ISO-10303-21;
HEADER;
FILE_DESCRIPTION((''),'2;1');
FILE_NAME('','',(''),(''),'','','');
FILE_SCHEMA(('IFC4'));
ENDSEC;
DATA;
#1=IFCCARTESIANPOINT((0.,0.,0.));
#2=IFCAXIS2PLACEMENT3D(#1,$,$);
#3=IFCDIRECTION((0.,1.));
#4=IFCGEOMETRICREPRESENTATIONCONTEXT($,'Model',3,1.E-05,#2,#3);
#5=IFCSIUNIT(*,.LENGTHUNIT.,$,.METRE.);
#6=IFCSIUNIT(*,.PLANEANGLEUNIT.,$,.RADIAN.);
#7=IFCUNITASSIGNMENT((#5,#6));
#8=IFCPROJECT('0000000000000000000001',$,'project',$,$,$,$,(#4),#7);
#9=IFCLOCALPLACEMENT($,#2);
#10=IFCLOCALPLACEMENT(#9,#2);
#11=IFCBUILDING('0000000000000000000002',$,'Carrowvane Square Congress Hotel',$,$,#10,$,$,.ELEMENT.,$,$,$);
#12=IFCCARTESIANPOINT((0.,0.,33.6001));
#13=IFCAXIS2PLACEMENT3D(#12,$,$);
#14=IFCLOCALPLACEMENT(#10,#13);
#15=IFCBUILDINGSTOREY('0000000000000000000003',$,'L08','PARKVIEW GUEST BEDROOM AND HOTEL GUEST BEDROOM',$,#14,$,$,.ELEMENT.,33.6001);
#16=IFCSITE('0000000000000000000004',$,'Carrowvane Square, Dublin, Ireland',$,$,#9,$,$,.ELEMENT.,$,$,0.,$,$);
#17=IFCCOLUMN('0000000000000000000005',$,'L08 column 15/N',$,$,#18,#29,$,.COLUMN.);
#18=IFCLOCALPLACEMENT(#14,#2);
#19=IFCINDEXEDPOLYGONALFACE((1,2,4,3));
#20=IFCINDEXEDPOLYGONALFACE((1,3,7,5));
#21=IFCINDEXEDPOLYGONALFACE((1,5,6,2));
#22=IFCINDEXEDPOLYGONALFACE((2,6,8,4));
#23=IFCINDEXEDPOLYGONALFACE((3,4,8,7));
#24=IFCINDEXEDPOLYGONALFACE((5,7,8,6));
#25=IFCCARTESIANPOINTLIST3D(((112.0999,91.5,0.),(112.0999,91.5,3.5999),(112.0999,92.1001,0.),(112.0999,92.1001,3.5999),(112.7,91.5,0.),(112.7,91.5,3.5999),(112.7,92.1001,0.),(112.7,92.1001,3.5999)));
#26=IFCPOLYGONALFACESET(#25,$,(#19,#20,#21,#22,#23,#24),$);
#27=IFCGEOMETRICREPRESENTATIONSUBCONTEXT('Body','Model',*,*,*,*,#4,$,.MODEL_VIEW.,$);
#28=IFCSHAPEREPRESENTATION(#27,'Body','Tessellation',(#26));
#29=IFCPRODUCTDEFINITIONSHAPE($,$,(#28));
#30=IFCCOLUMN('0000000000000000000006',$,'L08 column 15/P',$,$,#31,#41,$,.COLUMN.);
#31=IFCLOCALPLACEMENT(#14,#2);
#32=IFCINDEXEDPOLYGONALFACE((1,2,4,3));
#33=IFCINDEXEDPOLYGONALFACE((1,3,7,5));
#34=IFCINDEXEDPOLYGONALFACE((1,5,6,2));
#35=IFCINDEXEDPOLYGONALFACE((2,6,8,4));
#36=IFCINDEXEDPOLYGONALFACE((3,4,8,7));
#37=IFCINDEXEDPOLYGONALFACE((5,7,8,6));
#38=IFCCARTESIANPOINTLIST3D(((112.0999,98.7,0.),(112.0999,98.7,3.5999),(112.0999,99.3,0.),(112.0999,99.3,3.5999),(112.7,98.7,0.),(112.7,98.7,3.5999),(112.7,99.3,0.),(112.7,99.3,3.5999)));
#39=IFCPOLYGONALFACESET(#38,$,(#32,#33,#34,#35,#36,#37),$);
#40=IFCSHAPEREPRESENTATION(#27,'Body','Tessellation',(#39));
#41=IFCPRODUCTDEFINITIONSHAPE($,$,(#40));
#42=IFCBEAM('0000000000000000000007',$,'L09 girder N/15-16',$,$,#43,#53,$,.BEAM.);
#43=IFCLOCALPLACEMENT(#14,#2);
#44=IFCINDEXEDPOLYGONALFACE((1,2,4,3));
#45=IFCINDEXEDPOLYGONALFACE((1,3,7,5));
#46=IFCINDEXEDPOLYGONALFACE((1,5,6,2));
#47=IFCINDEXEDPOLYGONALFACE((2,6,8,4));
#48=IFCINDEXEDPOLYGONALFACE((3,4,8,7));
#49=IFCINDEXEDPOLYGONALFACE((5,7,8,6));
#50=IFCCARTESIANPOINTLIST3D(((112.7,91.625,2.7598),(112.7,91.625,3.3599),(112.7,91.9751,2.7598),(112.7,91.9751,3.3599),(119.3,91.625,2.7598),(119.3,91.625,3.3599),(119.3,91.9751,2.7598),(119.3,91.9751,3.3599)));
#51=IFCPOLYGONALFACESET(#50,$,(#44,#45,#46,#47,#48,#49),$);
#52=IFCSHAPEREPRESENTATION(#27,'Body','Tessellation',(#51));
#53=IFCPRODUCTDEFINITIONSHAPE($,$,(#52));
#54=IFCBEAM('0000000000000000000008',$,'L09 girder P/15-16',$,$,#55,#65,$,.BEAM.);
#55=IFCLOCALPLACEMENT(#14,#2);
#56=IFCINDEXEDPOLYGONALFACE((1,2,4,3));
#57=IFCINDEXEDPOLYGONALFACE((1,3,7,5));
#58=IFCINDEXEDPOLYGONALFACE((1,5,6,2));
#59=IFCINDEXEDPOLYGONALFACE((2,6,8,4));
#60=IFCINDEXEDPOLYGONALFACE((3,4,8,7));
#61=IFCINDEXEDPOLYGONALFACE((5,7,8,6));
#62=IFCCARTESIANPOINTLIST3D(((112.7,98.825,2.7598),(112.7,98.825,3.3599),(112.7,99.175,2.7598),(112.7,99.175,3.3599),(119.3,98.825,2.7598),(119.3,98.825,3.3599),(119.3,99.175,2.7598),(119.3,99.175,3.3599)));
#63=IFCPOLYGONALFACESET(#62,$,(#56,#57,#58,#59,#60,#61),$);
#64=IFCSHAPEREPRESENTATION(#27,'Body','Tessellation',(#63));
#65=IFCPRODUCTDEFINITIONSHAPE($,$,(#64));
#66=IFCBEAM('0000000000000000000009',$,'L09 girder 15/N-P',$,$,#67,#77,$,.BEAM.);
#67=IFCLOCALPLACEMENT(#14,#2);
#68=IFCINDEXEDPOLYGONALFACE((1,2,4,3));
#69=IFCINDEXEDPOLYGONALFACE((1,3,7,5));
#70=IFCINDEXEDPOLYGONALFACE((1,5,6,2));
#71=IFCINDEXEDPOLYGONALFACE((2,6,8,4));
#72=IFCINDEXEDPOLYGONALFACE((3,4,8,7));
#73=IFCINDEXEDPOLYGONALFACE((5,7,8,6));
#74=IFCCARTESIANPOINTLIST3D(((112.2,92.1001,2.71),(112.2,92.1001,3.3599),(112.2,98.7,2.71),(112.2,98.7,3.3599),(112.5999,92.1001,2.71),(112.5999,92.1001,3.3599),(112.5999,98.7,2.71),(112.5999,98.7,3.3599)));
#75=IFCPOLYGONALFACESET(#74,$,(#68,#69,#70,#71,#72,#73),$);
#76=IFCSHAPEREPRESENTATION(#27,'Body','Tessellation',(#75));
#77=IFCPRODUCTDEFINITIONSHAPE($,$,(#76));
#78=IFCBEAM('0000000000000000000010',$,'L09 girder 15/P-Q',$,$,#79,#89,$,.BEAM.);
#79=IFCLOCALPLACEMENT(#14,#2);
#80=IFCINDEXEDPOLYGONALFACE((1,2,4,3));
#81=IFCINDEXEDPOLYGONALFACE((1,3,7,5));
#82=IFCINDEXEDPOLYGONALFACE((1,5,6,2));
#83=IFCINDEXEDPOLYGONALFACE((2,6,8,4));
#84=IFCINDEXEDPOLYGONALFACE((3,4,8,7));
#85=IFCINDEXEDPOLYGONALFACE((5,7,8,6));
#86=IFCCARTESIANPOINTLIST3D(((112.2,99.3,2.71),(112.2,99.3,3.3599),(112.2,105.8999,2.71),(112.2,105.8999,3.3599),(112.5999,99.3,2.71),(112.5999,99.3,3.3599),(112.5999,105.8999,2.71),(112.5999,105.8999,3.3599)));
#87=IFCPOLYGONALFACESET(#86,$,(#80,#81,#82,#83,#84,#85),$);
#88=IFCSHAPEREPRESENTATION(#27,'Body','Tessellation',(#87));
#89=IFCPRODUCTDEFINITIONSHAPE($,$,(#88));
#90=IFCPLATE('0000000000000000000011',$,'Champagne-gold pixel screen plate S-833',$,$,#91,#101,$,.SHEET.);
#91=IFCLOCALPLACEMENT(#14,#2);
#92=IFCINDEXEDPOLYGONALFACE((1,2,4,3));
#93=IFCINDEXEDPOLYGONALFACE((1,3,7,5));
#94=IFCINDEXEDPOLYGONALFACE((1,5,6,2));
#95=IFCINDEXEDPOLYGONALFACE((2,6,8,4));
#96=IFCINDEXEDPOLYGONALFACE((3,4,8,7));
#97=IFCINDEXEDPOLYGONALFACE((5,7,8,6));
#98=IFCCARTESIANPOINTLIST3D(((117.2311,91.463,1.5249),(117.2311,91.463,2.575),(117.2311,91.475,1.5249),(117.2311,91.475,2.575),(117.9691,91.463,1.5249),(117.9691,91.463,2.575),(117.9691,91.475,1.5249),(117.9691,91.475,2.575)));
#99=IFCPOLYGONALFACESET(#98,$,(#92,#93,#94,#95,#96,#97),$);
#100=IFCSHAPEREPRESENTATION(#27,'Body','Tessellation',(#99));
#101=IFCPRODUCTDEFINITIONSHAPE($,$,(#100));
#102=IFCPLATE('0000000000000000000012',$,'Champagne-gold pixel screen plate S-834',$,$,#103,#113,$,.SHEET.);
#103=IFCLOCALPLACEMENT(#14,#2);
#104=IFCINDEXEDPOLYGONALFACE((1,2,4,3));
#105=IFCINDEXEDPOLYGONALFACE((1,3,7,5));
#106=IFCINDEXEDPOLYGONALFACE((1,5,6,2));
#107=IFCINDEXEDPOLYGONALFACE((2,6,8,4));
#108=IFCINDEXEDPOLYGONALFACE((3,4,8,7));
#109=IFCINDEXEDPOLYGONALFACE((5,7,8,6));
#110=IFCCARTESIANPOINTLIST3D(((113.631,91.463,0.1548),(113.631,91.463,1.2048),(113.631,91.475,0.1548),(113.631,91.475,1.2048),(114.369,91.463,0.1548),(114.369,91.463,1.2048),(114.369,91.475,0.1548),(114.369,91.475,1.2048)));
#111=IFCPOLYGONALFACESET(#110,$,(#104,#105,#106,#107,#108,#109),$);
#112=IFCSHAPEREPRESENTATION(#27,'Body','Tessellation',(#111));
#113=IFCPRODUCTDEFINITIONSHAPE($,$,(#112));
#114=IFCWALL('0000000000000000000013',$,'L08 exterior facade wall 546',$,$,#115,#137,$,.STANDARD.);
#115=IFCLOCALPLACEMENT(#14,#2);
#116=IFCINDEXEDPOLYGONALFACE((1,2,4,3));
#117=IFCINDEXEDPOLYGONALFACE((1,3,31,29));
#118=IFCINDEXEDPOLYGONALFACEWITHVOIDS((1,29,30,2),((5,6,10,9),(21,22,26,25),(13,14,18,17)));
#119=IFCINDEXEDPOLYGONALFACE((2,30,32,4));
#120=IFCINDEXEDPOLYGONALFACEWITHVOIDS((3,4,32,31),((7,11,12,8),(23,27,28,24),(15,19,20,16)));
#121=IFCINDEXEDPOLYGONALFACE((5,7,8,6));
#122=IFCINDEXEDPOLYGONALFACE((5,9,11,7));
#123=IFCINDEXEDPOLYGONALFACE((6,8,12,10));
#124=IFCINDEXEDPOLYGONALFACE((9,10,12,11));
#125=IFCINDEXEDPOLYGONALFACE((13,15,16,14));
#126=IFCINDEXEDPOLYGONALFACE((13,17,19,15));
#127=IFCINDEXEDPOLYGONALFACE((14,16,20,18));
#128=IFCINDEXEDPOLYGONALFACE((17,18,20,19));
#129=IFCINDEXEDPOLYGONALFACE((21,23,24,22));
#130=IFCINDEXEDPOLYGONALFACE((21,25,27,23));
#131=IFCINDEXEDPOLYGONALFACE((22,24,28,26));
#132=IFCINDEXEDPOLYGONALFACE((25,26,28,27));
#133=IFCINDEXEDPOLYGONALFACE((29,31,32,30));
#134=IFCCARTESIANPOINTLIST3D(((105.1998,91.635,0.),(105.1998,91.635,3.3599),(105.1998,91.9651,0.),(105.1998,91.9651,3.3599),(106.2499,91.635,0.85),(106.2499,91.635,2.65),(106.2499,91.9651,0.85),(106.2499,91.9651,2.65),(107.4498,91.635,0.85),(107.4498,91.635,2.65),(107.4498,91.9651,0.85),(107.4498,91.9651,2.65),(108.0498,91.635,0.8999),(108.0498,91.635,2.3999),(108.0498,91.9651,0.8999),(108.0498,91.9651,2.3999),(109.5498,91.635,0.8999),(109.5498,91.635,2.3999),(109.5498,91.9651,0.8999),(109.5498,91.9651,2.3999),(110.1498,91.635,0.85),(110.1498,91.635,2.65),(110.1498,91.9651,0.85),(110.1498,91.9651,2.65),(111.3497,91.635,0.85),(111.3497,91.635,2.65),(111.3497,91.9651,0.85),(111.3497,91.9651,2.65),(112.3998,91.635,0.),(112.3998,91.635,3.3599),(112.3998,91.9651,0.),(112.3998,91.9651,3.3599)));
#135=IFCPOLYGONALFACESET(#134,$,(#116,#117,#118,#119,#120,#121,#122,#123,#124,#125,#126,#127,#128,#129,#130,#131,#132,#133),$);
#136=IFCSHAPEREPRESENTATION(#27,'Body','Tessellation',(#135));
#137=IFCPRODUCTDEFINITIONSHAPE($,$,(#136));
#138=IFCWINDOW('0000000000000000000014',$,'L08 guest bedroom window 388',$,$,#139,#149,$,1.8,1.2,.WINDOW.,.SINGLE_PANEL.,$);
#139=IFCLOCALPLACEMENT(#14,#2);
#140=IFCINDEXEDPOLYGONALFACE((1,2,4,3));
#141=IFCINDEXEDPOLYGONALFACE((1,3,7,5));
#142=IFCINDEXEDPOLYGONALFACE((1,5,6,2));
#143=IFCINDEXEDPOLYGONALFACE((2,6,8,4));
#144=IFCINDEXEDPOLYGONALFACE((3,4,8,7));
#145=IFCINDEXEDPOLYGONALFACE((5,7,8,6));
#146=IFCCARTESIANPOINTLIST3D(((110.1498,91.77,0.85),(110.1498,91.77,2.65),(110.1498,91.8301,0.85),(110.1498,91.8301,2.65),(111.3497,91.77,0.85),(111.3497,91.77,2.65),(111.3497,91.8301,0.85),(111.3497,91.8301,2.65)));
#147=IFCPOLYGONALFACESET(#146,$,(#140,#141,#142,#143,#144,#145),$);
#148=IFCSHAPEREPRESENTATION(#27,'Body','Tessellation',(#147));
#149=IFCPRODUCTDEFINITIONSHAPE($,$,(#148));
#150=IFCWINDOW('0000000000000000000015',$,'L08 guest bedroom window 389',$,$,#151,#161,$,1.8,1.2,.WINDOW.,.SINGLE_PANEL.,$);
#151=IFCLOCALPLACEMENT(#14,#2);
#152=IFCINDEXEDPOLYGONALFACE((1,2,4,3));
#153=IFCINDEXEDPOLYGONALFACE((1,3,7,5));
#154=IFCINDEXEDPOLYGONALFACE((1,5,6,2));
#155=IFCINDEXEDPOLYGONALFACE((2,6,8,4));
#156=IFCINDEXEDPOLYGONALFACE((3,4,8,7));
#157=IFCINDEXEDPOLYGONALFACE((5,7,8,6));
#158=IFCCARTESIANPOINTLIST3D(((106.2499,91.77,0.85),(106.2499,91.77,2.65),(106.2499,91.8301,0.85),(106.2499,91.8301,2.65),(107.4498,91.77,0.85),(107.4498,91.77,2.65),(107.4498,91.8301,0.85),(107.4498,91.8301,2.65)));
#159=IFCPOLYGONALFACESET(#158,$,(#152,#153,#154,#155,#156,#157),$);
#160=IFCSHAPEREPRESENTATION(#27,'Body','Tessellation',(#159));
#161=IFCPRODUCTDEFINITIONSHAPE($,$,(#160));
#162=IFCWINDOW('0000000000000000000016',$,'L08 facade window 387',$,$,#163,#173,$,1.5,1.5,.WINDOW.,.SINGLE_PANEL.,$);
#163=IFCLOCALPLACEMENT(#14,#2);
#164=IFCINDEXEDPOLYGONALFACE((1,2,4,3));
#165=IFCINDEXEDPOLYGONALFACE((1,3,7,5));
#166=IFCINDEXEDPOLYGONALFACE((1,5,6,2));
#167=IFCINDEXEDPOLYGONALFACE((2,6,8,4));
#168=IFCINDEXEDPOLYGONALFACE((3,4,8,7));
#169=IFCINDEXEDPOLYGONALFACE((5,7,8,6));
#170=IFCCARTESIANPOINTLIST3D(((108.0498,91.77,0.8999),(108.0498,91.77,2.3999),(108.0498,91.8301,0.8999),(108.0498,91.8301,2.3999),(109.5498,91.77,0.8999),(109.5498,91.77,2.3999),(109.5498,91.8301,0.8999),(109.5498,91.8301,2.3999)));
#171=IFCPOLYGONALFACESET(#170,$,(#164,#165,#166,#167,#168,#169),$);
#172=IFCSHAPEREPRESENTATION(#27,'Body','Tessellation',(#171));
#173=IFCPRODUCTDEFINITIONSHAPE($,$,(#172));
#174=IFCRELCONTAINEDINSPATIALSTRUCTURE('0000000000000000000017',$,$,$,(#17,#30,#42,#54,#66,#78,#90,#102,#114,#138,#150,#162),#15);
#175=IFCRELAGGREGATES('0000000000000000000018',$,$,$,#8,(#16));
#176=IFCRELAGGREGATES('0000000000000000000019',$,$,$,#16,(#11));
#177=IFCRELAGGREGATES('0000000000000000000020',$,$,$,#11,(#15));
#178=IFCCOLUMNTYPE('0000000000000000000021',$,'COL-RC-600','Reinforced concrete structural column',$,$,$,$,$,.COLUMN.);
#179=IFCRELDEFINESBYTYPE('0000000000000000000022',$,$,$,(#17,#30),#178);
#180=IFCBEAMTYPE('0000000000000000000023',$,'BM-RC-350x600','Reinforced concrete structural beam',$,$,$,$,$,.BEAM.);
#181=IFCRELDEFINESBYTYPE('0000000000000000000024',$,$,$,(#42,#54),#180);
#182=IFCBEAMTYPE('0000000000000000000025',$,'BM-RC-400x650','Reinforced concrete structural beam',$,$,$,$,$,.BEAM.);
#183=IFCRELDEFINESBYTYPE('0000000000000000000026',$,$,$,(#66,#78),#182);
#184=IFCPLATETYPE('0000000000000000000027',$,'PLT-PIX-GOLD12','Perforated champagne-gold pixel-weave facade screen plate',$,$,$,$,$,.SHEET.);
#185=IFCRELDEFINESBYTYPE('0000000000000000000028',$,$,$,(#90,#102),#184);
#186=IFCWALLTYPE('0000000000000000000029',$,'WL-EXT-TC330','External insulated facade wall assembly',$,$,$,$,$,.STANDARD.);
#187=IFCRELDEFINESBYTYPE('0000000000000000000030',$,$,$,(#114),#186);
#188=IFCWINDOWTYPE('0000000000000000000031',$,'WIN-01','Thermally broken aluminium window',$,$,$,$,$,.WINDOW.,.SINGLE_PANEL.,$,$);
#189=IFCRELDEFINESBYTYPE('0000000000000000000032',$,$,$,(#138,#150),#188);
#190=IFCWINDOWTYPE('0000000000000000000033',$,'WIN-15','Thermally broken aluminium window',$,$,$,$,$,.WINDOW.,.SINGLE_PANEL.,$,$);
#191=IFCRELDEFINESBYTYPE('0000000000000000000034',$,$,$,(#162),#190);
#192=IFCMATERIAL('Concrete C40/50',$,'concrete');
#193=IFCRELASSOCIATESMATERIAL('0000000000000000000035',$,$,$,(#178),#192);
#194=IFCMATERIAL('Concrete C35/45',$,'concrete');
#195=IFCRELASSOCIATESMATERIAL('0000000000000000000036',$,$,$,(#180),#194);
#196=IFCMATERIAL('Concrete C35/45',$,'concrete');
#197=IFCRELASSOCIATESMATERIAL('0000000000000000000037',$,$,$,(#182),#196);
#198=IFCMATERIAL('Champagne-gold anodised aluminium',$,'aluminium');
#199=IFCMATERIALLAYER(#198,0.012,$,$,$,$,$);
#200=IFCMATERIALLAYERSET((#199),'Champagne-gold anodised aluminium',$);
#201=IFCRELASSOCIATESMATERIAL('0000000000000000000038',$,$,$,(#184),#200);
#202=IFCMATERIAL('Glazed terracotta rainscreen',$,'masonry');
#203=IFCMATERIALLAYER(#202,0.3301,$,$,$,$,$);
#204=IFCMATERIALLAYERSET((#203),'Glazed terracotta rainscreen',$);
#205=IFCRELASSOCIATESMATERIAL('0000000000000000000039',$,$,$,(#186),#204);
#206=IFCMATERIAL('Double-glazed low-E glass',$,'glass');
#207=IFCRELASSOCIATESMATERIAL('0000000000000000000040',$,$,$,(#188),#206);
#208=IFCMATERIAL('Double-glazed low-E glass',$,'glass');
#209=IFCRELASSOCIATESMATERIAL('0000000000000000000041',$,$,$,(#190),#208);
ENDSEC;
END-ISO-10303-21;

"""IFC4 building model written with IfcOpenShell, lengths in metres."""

from ifc_helpers import new_model, si_unit, direction, frame, frame_2d, origin, origin_2d, place, context, subcontext, project, spatial, rectangle, extrude, material, layer, layer_set, material_profile, profile_set, type_object, element, fill, save


model = new_model("IFC4")

# Units and contexts
model_context = context("Model", 3, precision=1e-05, world=origin(), true_north=direction((0.0, 1.0)))
body_context = subcontext(model_context, "Body", "Model", "MODEL_VIEW")
ifc_project = project(units=[si_unit("LENGTHUNIT", "METRE"), si_unit("PLANEANGLEUNIT", "RADIAN")], contexts=[model_context])

# Site, building, storey
site_placement = place(None, origin())
site = spatial("IfcSite", under=ifc_project, at=site_placement, Name="Carrowvane Square, Dublin, Ireland", CompositionType="ELEMENT", RefElevation=0.0)
building_placement = place(site_placement, origin())
building = spatial("IfcBuilding", under=site, at=building_placement, Name="Carrowvane Square Congress Hotel", CompositionType="ELEMENT")
storey_placement = place(building_placement, frame((0.0, 0.0, 33.6001)))
storey = spatial("IfcBuildingStorey", under=building, at=storey_placement, Name="L08", Description="PARKVIEW GUEST BEDROOM AND HOTEL GUEST BEDROOM", CompositionType="ELEMENT", Elevation=33.6001)

# Columns
ifc_material_1 = material(Name="Concrete C40/50", Category="concrete")
ifc_material_profile_1 = material_profile(ifc_material_1, rectangle(XDim=0.6001, YDim=0.6001, at=origin_2d()), Name="RC 600x600")
ifc_profile_set_1 = profile_set([ifc_material_profile_1], Name="Concrete C40/50")
column_type = type_object("IfcColumnType", Name="COL-RC-600", Description="Reinforced concrete structural column", PredefinedType="COLUMN", material=ifc_profile_set_1)
for number, where, z_axis, x_axis, name in (
    (1, (112.3999, 91.8, 0.0), (0.0, 0.0, 1.0), (1.0, 0.0, 0.0), "L08 column 15/N"),
    (2, (112.3999, 99.0, 0.0), (0.0, 0.0, 1.0), (1.0, 0.0, 0.0), "L08 column 15/P"),
):
    element("IfcColumn", number, at=place(storey_placement, frame(where, z_axis=z_axis, x_axis=x_axis)), inside=storey, type_object=column_type, Name=name, PredefinedType="COLUMN", context=body_context, shape_type="SweptSolid", body=[
        extrude(rectangle(XDim=0.6001, YDim=0.6001, at=origin_2d()), origin(), (0.0, 0.0, 1.0), 3.5999),
    ])

# Beams
ifc_material_2 = material(Name="Concrete C35/45", Category="concrete")
ifc_material_profile_2 = material_profile(ifc_material_2, rectangle(XDim=0.3501, YDim=0.6001, at=origin_2d()), Name="RC 350x600")
ifc_profile_set_2 = profile_set([ifc_material_profile_2], Name="Concrete C35/45")
beam_type_1 = type_object("IfcBeamType", Name="BM-RC-350x600", Description="Reinforced concrete structural beam", PredefinedType="BEAM", material=ifc_profile_set_2)
for number, where, z_axis, x_axis, name in (
    (3, (112.7, 91.8, 3.0598), (1.0, 0.0, 0.0), (0.0, 1.0, 0.0), "L09 girder N/15-16"),
    (4, (112.7, 99.0, 3.0598), (1.0, 0.0, 0.0), (0.0, 1.0, 0.0), "L09 girder P/15-16"),
):
    element("IfcBeam", number, at=place(storey_placement, frame(where, z_axis=z_axis, x_axis=x_axis)), inside=storey, type_object=beam_type_1, Name=name, PredefinedType="BEAM", context=body_context, shape_type="SweptSolid", body=[
        extrude(rectangle(XDim=0.3501, YDim=0.6001, at=origin_2d()), origin(), (0.0, 0.0, 1.0), 6.6001),
    ])
ifc_material_3 = material(Name="Concrete C35/45", Category="concrete")
ifc_material_profile_3 = material_profile(ifc_material_3, rectangle(XDim=0.3999, YDim=0.6499, at=origin_2d()), Name="RC 400x650")
ifc_profile_set_3 = profile_set([ifc_material_profile_3], Name="Concrete C35/45")
beam_type_2 = type_object("IfcBeamType", Name="BM-RC-400x650", Description="Reinforced concrete structural beam", PredefinedType="BEAM", material=ifc_profile_set_3)
for number, where, z_axis, x_axis, name in (
    (5, (112.3999, 92.1001, 3.0349), (0.0, 1.0, 0.0), (-1.0, 0.0, 0.0), "L09 girder 15/N-P"),
    (6, (112.3999, 99.3, 3.0349), (0.0, 1.0, 0.0), (-1.0, 0.0, 0.0), "L09 girder 15/P-Q"),
):
    element("IfcBeam", number, at=place(storey_placement, frame(where, z_axis=z_axis, x_axis=x_axis)), inside=storey, type_object=beam_type_2, Name=name, PredefinedType="BEAM", context=body_context, shape_type="SweptSolid", body=[
        extrude(rectangle(XDim=0.3999, YDim=0.6499, at=origin_2d()), origin(), (0.0, 0.0, 1.0), 6.5999),
    ])

# Plates
ifc_material_4 = material(Name="Champagne-gold anodised aluminium", Category="aluminium")
ifc_layer_1 = layer(ifc_material_4, 0.012)
ifc_layer_set_1 = layer_set([ifc_layer_1], Name="Champagne-gold anodised aluminium")
plate_type = type_object("IfcPlateType", Name="PLT-PIX-GOLD12", Description="Perforated champagne-gold pixel-weave facade screen plate", PredefinedType="SHEET", material=ifc_layer_set_1)
for number, where, z_axis, x_axis, name in (
    (7, (117.6001, 91.469, 1.5249), (0.0, 0.0, 1.0), (-1.0, 0.0, 0.0), "Champagne-gold pixel screen plate S-833"),
    (8, (114.0, 91.469, 0.1548), (0.0, 0.0, 1.0), (-1.0, 0.0, 0.0), "Champagne-gold pixel screen plate S-834"),
):
    element("IfcPlate", number, at=place(storey_placement, frame(where, z_axis=z_axis, x_axis=x_axis)), inside=storey, type_object=plate_type, Name=name, PredefinedType="SHEET", context=body_context, shape_type="SweptSolid", body=[
        extrude(rectangle(XDim=0.738, YDim=0.012, at=origin_2d()), origin(), (0.0, 0.0, 1.0), 1.05),
    ])

# Wall, openings, windows
ifc_material_5 = material(Name="Glazed terracotta rainscreen", Category="masonry")
ifc_layer_2 = layer(ifc_material_5, 0.3301)
ifc_layer_set_2 = layer_set([ifc_layer_2], Name="Glazed terracotta rainscreen")
wall_type_1 = type_object("IfcWallType", Name="WL-EXT-TC330", Description="External insulated facade wall assembly", PredefinedType="STANDARD", material=ifc_layer_set_2)
wall_1_placement = place(storey_placement, frame((112.3999, 91.8, 0.0), z_axis=(0.0, 0.0, 1.0), x_axis=(-1.0, 0.0, 0.0)))
wall_1 = element("IfcWall", 9, at=wall_1_placement, inside=storey, type_object=wall_type_1, Name="L08 exterior facade wall 546", PredefinedType="STANDARD", context=body_context, shape_type="SweptSolid", body=[
    extrude(rectangle(XDim=7.2, YDim=0.3301, at=frame_2d((3.6001, 0.0))), origin(), (0.0, 0.0, 1.0), 3.3599),
])
opening_1_placement = place(wall_1_placement, frame((2.8501, 0.0, 0.8999)))
opening_1 = element("IfcOpeningElement", 10, at=opening_1_placement, cuts=wall_1, PredefinedType="OPENING", context=body_context, shape_type="SweptSolid", body=[
    extrude(rectangle(XDim=1.5, YDim=1.5, at=frame_2d((0.75, 0.75))), frame((0.0, 0.175, 0.0), z_axis=(0.0, -1.0, 0.0), x_axis=(1.0, 0.0, 0.0)), (0.0, 0.0, 1.0), 0.3501),
])
opening_2_placement = place(wall_1_placement, frame((1.05, 0.0, 0.8501)))
opening_2 = element("IfcOpeningElement", 11, at=opening_2_placement, cuts=wall_1, PredefinedType="OPENING", context=body_context, shape_type="SweptSolid", body=[
    extrude(rectangle(XDim=1.2, YDim=1.8, at=frame_2d((0.6001, 0.8999))), frame((0.0, 0.175, 0.0), z_axis=(0.0, -1.0, 0.0), x_axis=(1.0, 0.0, 0.0)), (0.0, 0.0, 1.0), 0.3501),
])
opening_3_placement = place(wall_1_placement, frame((4.95, 0.0, 0.8501)))
opening_3 = element("IfcOpeningElement", 12, at=opening_3_placement, cuts=wall_1, PredefinedType="OPENING", context=body_context, shape_type="SweptSolid", body=[
    extrude(rectangle(XDim=1.2, YDim=1.8, at=frame_2d((0.6001, 0.8999))), frame((0.0, 0.175, 0.0), z_axis=(0.0, -1.0, 0.0), x_axis=(1.0, 0.0, 0.0)), (0.0, 0.0, 1.0), 0.3501),
])
ifc_material_6 = material(Name="Double-glazed low-E glass", Category="glass")
window_type_1 = type_object("IfcWindowType", Name="WIN-01", Description="Thermally broken aluminium window", PartitioningType="SINGLE_PANEL", PredefinedType="WINDOW", material=ifc_material_6)
window_1_placement = place(opening_2_placement, origin())
window_1 = element("IfcWindow", 13, at=window_1_placement, inside=storey, type_object=window_type_1, Name="L08 guest bedroom window 388", OverallHeight=1.8, OverallWidth=1.2, PartitioningType="SINGLE_PANEL", PredefinedType="WINDOW", context=body_context, shape_type="SweptSolid", body=[
    extrude(rectangle(XDim=1.2, YDim=1.8, at=frame_2d((0.6001, 0.8999))), frame((0.0, 0.03, 0.0), z_axis=(0.0, -1.0, 0.0), x_axis=(1.0, 0.0, 0.0)), (0.0, 0.0, 1.0), 0.0601),
])
fill(opening_2, window_1)
window_2_placement = place(opening_3_placement, origin())
window_2 = element("IfcWindow", 14, at=window_2_placement, inside=storey, type_object=window_type_1, Name="L08 guest bedroom window 389", OverallHeight=1.8, OverallWidth=1.2, PartitioningType="SINGLE_PANEL", PredefinedType="WINDOW", context=body_context, shape_type="SweptSolid", body=[
    extrude(rectangle(XDim=1.2, YDim=1.8, at=frame_2d((0.6001, 0.8999))), frame((0.0, 0.03, 0.0), z_axis=(0.0, -1.0, 0.0), x_axis=(1.0, 0.0, 0.0)), (0.0, 0.0, 1.0), 0.0601),
])
fill(opening_3, window_2)
ifc_material_7 = material(Name="Double-glazed low-E glass", Category="glass")
window_type_2 = type_object("IfcWindowType", Name="WIN-15", Description="Thermally broken aluminium window", PartitioningType="SINGLE_PANEL", PredefinedType="WINDOW", material=ifc_material_7)
window_3_placement = place(opening_1_placement, origin())
window_3 = element("IfcWindow", 15, at=window_3_placement, inside=storey, type_object=window_type_2, Name="L08 facade window 387", OverallHeight=1.5, OverallWidth=1.5, PartitioningType="SINGLE_PANEL", PredefinedType="WINDOW", context=body_context, shape_type="SweptSolid", body=[
    extrude(rectangle(XDim=1.5, YDim=1.5, at=frame_2d((0.75, 0.75))), frame((0.0, 0.03, 0.0), z_axis=(0.0, -1.0, 0.0), x_axis=(1.0, 0.0, 0.0)), (0.0, 0.0, 1.0), 0.0601),
])
fill(opening_1, window_3)

save(model, "model.ifc")
